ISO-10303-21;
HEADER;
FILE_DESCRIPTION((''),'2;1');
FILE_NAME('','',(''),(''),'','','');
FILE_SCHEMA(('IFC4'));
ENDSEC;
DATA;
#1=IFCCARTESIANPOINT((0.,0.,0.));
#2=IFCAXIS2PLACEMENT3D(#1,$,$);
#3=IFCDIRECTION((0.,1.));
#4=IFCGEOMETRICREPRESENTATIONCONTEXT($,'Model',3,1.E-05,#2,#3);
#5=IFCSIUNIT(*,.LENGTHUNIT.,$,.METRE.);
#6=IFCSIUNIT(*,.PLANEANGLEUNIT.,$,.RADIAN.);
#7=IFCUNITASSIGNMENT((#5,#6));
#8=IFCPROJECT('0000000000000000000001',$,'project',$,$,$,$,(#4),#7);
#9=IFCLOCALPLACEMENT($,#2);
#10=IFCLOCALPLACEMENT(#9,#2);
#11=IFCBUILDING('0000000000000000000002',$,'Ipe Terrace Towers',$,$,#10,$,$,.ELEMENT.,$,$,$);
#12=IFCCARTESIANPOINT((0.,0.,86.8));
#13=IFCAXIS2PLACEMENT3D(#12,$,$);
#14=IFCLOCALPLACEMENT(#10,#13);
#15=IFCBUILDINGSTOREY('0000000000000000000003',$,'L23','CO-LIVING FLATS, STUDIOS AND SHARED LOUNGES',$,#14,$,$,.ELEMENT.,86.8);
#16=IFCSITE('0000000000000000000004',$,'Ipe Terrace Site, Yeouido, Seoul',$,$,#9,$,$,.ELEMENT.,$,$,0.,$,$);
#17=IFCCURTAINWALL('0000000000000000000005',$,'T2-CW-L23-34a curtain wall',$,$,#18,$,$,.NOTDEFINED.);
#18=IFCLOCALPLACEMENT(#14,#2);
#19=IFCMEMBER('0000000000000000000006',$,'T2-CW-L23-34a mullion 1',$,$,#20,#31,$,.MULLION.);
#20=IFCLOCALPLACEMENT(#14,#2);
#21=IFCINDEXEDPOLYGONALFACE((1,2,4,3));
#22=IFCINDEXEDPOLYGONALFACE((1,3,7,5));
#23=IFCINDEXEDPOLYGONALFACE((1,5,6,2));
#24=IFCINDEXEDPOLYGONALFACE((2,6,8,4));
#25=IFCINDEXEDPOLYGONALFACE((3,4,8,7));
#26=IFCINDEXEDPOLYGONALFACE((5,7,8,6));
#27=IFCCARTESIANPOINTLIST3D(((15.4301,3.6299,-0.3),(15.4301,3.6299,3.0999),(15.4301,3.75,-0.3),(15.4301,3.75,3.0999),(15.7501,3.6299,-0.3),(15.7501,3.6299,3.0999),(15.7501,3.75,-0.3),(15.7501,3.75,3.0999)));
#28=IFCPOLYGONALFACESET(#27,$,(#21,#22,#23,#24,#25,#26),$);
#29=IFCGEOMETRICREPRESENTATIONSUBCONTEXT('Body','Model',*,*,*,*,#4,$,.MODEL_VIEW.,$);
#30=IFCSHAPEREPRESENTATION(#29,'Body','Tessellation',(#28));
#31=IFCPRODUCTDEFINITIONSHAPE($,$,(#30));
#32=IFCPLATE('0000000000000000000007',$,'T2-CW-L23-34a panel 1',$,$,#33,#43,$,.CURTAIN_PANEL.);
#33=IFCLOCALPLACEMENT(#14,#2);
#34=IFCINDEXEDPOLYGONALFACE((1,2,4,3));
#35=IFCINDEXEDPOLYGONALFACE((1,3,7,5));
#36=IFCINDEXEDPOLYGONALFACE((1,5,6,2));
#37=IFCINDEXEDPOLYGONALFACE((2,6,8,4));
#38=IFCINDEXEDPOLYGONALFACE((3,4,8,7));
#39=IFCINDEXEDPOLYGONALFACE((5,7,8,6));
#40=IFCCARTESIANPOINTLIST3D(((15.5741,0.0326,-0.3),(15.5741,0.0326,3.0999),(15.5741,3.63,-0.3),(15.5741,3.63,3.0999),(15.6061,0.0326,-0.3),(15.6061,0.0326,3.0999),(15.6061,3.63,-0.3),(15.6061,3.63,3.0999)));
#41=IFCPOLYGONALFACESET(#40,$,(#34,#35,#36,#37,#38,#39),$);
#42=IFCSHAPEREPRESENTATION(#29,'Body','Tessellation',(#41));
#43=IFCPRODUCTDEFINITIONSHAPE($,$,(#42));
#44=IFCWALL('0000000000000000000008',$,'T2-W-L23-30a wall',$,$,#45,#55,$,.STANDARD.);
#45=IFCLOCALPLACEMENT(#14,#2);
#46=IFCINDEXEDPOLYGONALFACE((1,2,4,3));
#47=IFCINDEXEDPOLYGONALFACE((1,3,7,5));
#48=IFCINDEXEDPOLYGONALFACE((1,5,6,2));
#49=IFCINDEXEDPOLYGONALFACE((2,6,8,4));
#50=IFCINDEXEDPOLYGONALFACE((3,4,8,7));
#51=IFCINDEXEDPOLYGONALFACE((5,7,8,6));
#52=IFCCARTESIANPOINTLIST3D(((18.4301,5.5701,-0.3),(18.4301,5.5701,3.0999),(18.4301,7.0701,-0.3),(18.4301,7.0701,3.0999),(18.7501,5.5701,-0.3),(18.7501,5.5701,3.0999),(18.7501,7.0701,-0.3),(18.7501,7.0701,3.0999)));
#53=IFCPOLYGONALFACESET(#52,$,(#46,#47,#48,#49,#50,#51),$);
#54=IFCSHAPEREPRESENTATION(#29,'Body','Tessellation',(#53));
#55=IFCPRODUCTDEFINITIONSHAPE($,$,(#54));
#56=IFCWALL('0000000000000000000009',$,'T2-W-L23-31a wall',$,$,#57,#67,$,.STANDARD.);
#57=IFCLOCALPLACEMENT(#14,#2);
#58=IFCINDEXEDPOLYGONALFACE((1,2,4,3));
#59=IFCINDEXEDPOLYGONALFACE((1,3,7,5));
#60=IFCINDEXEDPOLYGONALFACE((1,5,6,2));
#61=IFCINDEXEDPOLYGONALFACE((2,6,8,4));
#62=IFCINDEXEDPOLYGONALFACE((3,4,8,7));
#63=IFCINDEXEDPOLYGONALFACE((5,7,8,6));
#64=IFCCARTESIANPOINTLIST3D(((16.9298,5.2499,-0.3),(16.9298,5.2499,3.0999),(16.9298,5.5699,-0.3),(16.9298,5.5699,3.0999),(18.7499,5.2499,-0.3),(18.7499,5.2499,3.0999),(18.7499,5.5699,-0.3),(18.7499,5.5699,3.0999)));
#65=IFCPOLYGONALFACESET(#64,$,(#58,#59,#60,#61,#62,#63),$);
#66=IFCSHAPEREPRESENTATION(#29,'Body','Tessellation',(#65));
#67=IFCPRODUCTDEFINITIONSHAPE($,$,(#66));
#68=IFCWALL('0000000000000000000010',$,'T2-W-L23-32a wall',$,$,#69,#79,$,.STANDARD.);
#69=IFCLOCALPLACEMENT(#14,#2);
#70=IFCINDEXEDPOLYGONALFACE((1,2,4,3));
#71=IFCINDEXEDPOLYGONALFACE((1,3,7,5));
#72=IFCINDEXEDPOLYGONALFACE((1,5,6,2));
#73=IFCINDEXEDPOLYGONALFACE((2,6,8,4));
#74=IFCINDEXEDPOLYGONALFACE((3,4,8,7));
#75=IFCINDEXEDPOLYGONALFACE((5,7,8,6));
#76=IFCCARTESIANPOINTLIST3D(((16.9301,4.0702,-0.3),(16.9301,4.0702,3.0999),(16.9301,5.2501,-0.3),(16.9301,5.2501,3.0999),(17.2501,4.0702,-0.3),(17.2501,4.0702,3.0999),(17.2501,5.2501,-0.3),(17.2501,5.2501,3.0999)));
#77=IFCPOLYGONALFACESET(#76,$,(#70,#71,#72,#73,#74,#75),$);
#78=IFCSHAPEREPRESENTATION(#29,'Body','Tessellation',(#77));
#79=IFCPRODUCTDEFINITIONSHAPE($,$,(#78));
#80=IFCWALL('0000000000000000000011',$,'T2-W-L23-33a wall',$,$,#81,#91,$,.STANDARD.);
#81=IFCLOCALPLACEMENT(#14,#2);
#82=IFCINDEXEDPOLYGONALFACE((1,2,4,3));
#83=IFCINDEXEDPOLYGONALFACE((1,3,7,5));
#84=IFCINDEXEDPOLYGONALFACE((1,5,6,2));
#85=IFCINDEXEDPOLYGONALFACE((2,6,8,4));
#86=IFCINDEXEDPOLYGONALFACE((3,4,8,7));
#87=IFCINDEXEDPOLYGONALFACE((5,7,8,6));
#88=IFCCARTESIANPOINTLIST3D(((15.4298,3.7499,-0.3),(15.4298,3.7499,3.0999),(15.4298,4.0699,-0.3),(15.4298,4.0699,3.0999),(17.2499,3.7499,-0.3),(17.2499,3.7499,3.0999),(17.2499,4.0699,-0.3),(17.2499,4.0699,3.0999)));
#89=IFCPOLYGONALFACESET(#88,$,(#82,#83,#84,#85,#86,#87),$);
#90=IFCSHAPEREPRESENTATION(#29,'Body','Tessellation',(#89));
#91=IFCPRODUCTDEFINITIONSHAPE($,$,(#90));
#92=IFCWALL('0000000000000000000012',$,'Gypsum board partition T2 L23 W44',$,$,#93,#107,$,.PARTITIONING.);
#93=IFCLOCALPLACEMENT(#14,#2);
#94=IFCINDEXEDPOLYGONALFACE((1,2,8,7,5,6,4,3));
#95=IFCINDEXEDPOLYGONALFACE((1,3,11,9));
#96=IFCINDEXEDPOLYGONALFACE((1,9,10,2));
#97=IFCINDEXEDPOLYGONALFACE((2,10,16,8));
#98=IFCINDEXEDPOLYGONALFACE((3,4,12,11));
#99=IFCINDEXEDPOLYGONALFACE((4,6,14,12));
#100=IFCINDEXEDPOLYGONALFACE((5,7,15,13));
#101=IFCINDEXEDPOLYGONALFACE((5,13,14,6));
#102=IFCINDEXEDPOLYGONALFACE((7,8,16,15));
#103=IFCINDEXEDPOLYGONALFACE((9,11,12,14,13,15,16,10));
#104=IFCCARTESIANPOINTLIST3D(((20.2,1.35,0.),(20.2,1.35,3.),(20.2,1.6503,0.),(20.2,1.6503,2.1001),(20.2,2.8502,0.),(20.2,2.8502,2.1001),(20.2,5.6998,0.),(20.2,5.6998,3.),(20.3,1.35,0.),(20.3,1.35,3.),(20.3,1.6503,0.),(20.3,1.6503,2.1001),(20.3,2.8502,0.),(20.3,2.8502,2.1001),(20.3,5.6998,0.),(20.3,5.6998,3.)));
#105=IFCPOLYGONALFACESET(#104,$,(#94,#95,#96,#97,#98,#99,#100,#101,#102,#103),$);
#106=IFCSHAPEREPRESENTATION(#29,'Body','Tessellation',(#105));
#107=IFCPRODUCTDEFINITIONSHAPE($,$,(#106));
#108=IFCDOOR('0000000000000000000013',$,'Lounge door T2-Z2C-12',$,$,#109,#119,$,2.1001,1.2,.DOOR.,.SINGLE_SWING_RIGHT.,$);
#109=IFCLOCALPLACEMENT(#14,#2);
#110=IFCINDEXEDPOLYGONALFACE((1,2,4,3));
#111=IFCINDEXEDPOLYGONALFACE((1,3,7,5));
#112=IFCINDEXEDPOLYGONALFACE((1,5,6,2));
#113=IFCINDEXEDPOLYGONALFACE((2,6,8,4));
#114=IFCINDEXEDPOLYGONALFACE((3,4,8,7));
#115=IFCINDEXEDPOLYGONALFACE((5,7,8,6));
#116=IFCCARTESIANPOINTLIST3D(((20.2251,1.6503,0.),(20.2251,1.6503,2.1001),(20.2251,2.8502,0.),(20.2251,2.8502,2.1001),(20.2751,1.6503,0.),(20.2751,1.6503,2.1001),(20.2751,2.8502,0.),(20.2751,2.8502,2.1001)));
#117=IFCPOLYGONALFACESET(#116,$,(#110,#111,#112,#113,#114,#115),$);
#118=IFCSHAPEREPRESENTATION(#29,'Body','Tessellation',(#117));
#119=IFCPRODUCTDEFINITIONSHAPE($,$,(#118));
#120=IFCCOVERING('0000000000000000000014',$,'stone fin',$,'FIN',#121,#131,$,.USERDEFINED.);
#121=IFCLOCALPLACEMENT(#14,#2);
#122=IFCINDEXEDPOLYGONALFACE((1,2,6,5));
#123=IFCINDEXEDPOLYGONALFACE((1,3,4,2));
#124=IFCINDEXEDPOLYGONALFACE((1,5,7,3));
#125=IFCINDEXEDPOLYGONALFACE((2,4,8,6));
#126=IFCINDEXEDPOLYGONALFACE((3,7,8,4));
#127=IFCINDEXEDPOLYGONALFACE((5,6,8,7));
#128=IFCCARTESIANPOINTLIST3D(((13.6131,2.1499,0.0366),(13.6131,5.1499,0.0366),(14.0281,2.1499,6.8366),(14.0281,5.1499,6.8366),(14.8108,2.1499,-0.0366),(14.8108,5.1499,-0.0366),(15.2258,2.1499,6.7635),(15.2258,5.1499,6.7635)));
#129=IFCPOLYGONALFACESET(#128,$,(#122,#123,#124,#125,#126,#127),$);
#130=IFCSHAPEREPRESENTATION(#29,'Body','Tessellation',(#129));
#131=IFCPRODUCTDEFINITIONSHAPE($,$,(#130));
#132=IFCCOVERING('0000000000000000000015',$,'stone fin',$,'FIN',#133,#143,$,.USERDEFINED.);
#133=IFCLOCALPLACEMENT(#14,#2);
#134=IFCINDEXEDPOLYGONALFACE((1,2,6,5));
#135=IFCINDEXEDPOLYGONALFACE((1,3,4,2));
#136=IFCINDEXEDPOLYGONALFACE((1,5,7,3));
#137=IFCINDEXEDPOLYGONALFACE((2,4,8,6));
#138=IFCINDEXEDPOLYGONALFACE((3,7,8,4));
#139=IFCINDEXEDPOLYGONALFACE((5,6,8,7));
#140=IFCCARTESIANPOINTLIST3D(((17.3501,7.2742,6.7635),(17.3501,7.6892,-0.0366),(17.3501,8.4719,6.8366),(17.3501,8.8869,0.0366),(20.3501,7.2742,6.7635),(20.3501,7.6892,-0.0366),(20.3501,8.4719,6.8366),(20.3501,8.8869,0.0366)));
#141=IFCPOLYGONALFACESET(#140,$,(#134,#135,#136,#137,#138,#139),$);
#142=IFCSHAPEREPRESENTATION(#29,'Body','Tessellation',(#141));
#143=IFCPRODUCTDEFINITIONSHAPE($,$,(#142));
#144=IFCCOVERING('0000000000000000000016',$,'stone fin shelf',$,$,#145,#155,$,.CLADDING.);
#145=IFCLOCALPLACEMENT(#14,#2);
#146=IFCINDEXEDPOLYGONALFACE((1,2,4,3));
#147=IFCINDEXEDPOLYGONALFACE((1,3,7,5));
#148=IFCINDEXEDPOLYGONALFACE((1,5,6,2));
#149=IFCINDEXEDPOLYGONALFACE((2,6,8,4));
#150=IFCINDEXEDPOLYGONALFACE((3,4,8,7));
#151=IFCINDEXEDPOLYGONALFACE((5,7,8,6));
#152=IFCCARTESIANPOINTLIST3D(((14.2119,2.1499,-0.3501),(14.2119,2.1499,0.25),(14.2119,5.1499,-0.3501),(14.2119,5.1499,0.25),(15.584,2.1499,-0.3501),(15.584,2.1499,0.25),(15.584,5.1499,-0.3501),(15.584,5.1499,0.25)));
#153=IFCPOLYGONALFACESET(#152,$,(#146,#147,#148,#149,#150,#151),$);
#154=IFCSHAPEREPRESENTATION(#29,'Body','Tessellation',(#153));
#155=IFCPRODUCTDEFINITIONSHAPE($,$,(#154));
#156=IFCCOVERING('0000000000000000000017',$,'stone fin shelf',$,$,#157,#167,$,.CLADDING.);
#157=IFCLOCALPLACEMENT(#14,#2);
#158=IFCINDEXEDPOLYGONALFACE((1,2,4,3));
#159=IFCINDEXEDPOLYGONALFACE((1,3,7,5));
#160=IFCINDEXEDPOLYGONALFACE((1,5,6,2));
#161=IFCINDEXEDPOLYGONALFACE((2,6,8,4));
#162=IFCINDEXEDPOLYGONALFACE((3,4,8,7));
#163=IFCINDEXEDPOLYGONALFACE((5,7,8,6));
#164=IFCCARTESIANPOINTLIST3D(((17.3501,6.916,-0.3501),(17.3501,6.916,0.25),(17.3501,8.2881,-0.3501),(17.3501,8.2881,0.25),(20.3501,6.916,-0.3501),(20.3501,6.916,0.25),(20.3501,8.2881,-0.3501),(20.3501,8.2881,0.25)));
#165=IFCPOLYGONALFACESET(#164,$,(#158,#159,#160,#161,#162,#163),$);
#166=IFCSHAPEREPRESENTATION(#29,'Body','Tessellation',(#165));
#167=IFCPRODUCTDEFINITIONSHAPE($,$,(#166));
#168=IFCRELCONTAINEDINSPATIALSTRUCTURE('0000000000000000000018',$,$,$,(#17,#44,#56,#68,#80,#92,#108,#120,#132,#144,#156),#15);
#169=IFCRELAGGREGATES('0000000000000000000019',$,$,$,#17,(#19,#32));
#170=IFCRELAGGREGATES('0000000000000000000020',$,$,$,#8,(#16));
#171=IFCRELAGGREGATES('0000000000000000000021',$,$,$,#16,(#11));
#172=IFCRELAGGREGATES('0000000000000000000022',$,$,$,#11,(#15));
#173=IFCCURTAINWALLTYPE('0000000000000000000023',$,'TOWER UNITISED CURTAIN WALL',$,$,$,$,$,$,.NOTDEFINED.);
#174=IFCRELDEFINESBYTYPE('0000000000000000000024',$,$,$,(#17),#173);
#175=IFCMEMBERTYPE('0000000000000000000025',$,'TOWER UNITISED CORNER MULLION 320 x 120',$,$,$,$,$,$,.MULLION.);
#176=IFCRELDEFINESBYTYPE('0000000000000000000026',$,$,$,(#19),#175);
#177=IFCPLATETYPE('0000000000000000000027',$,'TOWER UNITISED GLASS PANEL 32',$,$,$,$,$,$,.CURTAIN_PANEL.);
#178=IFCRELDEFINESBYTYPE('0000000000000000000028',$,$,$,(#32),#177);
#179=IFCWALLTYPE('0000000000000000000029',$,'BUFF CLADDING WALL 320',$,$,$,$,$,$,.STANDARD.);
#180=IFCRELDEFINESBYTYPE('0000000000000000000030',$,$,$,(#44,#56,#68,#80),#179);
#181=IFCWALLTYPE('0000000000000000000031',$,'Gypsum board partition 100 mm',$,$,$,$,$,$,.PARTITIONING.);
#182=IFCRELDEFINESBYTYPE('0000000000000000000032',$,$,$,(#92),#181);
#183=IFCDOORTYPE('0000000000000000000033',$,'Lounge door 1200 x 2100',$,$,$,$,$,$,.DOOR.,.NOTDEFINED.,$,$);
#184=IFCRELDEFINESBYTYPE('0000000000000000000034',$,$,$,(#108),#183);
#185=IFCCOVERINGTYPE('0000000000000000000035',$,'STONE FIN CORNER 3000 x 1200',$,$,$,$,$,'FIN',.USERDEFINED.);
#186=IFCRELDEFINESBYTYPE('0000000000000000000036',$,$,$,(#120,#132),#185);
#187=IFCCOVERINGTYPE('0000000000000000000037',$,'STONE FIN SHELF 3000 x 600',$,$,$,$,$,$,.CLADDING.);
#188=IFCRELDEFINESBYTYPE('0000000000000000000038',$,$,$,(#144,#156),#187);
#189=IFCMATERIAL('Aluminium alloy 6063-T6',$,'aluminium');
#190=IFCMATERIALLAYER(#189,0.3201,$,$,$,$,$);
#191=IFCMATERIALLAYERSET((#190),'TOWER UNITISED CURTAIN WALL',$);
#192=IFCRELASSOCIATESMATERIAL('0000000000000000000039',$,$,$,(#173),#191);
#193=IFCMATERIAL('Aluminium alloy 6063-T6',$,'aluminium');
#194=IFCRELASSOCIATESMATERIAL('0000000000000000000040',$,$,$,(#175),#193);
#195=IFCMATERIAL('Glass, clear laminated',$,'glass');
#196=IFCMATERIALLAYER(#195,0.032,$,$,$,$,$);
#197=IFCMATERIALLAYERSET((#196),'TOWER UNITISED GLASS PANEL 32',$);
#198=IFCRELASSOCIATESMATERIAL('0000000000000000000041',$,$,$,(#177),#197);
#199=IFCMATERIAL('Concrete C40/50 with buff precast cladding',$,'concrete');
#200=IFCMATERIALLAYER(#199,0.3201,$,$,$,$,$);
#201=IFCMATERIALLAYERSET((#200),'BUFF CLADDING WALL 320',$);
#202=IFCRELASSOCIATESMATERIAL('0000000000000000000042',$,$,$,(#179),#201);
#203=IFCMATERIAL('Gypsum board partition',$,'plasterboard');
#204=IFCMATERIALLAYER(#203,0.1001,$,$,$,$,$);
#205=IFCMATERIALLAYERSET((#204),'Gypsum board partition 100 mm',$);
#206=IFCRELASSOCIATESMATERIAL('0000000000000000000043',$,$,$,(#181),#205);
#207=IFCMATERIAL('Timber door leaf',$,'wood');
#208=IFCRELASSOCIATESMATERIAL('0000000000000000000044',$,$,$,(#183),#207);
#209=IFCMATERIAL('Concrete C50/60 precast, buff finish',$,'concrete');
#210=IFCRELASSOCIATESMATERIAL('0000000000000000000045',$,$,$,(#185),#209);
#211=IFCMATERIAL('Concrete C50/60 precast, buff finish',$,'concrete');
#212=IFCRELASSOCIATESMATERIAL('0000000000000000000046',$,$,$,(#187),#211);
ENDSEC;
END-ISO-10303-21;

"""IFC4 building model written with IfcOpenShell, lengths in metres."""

from ifc_helpers import new_model, si_unit, direction, frame, frame_2d, origin, origin_2d, place, context, subcontext, project, spatial, rectangle, extrude, material, layer, layer_set, material_profile, profile_set, type_object, element, fill, aggregate, save


model = new_model("IFC4")

# Units and contexts
model_context = context("Model", 3, precision=1e-05, world=origin(), true_north=direction((0.0, 1.0)))
body_context = subcontext(model_context, "Body", "Model", "MODEL_VIEW")
ifc_project = project(units=[si_unit("LENGTHUNIT", "METRE"), si_unit("PLANEANGLEUNIT", "RADIAN")], contexts=[model_context])

# Site, building, storey
site_placement = place(None, origin())
site = spatial("IfcSite", under=ifc_project, at=site_placement, Name="Ipe Terrace Site, Yeouido, Seoul", CompositionType="ELEMENT", RefElevation=0.0)
building_placement = place(site_placement, origin())
building = spatial("IfcBuilding", under=site, at=building_placement, Name="Ipe Terrace Towers", CompositionType="ELEMENT")
storey_placement = place(building_placement, frame((0.0, 0.0, 86.8)))
storey = spatial("IfcBuildingStorey", under=building, at=storey_placement, Name="L23", Description="CO-LIVING FLATS, STUDIOS AND SHARED LOUNGES", CompositionType="ELEMENT", Elevation=86.8)

# Shared definitions
ifc_material_1 = material(Name="Aluminium alloy 6063-T6", Category="aluminium")
ifc_layer_1 = layer(ifc_material_1, 0.3201)
ifc_layer_set_1 = layer_set([ifc_layer_1], Name="TOWER UNITISED CURTAIN WALL")
curtain_wall_type = type_object("IfcCurtainWallType", Name="TOWER UNITISED CURTAIN WALL", PredefinedType="NOTDEFINED", material=ifc_layer_set_1)
ifc_material_2 = material(Name="Aluminium alloy 6063-T6", Category="aluminium")
ifc_material_profile_1 = material_profile(ifc_material_2, rectangle(XDim=0.3201, YDim=0.1201, at=origin_2d()), Name="TOWER UNITISED CORNER MULLION 320 x 120")
ifc_profile_set_1 = profile_set([ifc_material_profile_1], Name="Aluminium alloy 6063-T6")
member_type = type_object("IfcMemberType", Name="TOWER UNITISED CORNER MULLION 320 x 120", PredefinedType="MULLION", material=ifc_profile_set_1)

# Curtain wall, member, plate
curtain_wall_1_placement = place(storey_placement, origin())
curtain_wall_1 = element("IfcCurtainWall", 1, at=curtain_wall_1_placement, inside=storey, type_object=curtain_wall_type, Name="T2-CW-L23-34a curtain wall", PredefinedType="NOTDEFINED")
member_1_placement = place(storey_placement, frame((15.5901, 3.6899, -0.3), z_axis=(0.0, 0.0, 1.0), x_axis=(-1.0, 0.0, 0.0)))
member_1 = element("IfcMember", 2, at=member_1_placement, type_object=member_type, Name="T2-CW-L23-34a mullion 1", PredefinedType="MULLION", context=body_context, shape_type="SweptSolid", body=[
    extrude(rectangle(XDim=0.3201, YDim=0.1201, at=origin_2d()), origin(), (0.0, 0.0, 1.0), 3.3999),
])
ifc_material_3 = material(Name="Glass, clear laminated", Category="glass")
ifc_layer_2 = layer(ifc_material_3, 0.032)
ifc_layer_set_2 = layer_set([ifc_layer_2], Name="TOWER UNITISED GLASS PANEL 32")
plate_type = type_object("IfcPlateType", Name="TOWER UNITISED GLASS PANEL 32", PredefinedType="CURTAIN_PANEL", material=ifc_layer_set_2)
plate_placement = place(storey_placement, frame((15.5901, 1.8313, -0.3), z_axis=(0.0, 0.0, 1.0), x_axis=(0.0, -1.0, 0.0)))
plate = element("IfcPlate", 3, at=plate_placement, type_object=plate_type, Name="T2-CW-L23-34a panel 1", PredefinedType="CURTAIN_PANEL", context=body_context, shape_type="SweptSolid", body=[
    extrude(rectangle(XDim=3.5974, YDim=0.032, at=origin_2d()), origin(), (0.0, 0.0, 1.0), 3.3999),
])
aggregate(curtain_wall_1, [member_1, plate])

# Walls
ifc_material_4 = material(Name="Concrete C40/50 with buff precast cladding", Category="concrete")
ifc_layer_3 = layer(ifc_material_4, 0.3201)
ifc_layer_set_3 = layer_set([ifc_layer_3], Name="BUFF CLADDING WALL 320")
wall_type_1 = type_object("IfcWallType", Name="BUFF CLADDING WALL 320", PredefinedType="STANDARD", material=ifc_layer_set_3)
wall_1_placement = place(storey_placement, frame((18.5901, 7.0701, -0.3), z_axis=(0.0, 0.0, 1.0), x_axis=(0.0, -1.0, 0.0)))
element("IfcWall", 4, at=wall_1_placement, inside=storey, type_object=wall_type_1, Name="T2-W-L23-30a wall", PredefinedType="STANDARD", context=body_context, shape_type="SweptSolid", body=[
    extrude(rectangle(XDim=1.5, YDim=0.3201, at=frame_2d((0.75, 0.0))), origin(), (0.0, 0.0, 1.0), 3.3999),
])
wall_2_placement = place(storey_placement, frame((18.75, 5.4099, -0.3), z_axis=(0.0, 0.0, 1.0), x_axis=(-1.0, 0.0, 0.0)))
element("IfcWall", 5, at=wall_2_placement, inside=storey, type_object=wall_type_1, Name="T2-W-L23-31a wall", PredefinedType="STANDARD", context=body_context, shape_type="SweptSolid", body=[
    extrude(rectangle(XDim=1.8201, YDim=0.3201, at=frame_2d((0.9102, 0.0))), origin(), (0.0, 0.0, 1.0), 3.3999),
])
wall_3_placement = place(storey_placement, frame((17.0901, 5.25, -0.3), z_axis=(0.0, 0.0, 1.0), x_axis=(0.0, -1.0, 0.0)))
element("IfcWall", 6, at=wall_3_placement, inside=storey, type_object=wall_type_1, Name="T2-W-L23-32a wall", PredefinedType="STANDARD", context=body_context, shape_type="SweptSolid", body=[
    extrude(rectangle(XDim=1.1799, YDim=0.3201, at=frame_2d((0.5898, 0.0))), origin(), (0.0, 0.0, 1.0), 3.3999),
])
wall_4_placement = place(storey_placement, frame((17.25, 3.9099, -0.3), z_axis=(0.0, 0.0, 1.0), x_axis=(-1.0, 0.0, 0.0)))
element("IfcWall", 7, at=wall_4_placement, inside=storey, type_object=wall_type_1, Name="T2-W-L23-33a wall", PredefinedType="STANDARD", context=body_context, shape_type="SweptSolid", body=[
    extrude(rectangle(XDim=1.8201, YDim=0.3201, at=frame_2d((0.9102, 0.0))), origin(), (0.0, 0.0, 1.0), 3.3999),
])

# Wall, opening, door
ifc_material_5 = material(Name="Gypsum board partition", Category="plasterboard")
ifc_layer_4 = layer(ifc_material_5, 0.1001)
ifc_layer_set_4 = layer_set([ifc_layer_4], Name="Gypsum board partition 100 mm")
wall_type_2 = type_object("IfcWallType", Name="Gypsum board partition 100 mm", PredefinedType="PARTITIONING", material=ifc_layer_set_4)
wall_5_placement = place(storey_placement, frame((20.25, 1.3501, 0.0), z_axis=(0.0, 0.0, 1.0), x_axis=(0.0, 1.0, 0.0)))
wall_5 = element("IfcWall", 8, at=wall_5_placement, inside=storey, type_object=wall_type_2, Name="Gypsum board partition T2 L23 W44", PredefinedType="PARTITIONING", context=body_context, shape_type="SweptSolid", body=[
    extrude(rectangle(XDim=4.3499, YDim=0.1001, at=frame_2d((2.1748, 0.0))), origin(), (0.0, 0.0, 1.0), 3.0),
])
opening_placement = place(wall_5_placement, frame((0.3, 0.0, 0.0)))
opening = element("IfcOpeningElement", 9, at=opening_placement, cuts=wall_5, PredefinedType="OPENING", context=body_context, shape_type="SweptSolid", body=[
    extrude(rectangle(XDim=1.2, YDim=2.1001, at=frame_2d((0.6001, 1.05))), frame((0.0, 0.0601, 0.0), z_axis=(0.0, -1.0, 0.0), x_axis=(1.0, 0.0, 0.0)), (0.0, 0.0, 1.0), 0.1201),
])
ifc_material_6 = material(Name="Timber door leaf", Category="wood")
door_type = type_object("IfcDoorType", Name="Lounge door 1200 x 2100", OperationType="NOTDEFINED", PredefinedType="DOOR", material=ifc_material_6)
door_placement = place(opening_placement, origin())
door = element("IfcDoor", 10, at=door_placement, inside=storey, type_object=door_type, Name="Lounge door T2-Z2C-12", OperationType="SINGLE_SWING_RIGHT", OverallHeight=2.1001, OverallWidth=1.2, PredefinedType="DOOR", context=body_context, shape_type="SweptSolid", body=[
    extrude(rectangle(XDim=1.2, YDim=2.1001, at=frame_2d((0.6001, 1.05))), frame((0.0, 0.0249, 0.0), z_axis=(0.0, -1.0, 0.0), x_axis=(1.0, 0.0, 0.0)), (0.0, 0.0, 1.0), 0.05),
])
fill(opening, door)

# Coverings
ifc_material_7 = material(Name="Concrete C50/60 precast, buff finish", Category="concrete")
ifc_material_profile_2 = material_profile(ifc_material_7, rectangle(XDim=3.0, YDim=1.2, at=origin_2d()), Name="STONE FIN CORNER 3000 x 1200")
ifc_profile_set_2 = profile_set([ifc_material_profile_2], Name="Concrete C50/60 precast, buff finish")
covering_type_1 = type_object("IfcCoveringType", Name="STONE FIN CORNER 3000 x 1200", ElementType="FIN", PredefinedType="USERDEFINED", material=ifc_profile_set_2)
for number, where, z_axis, x_axis, name in (
    (11, (14.2119, 3.6499, 0.0), (0.060921, 0.0, 0.998143), (0.0, -1.0, 0.0), "stone fin"),
    (12, (18.8501, 8.2881, 0.0), (0.0, -0.060921, 0.998143), (-1.0, 0.0, 0.0), "stone fin"),
):
    element("IfcCovering", number, at=place(storey_placement, frame(where, z_axis=z_axis, x_axis=x_axis)), inside=storey, type_object=covering_type_1, Name=name, ObjectType="FIN", PredefinedType="USERDEFINED", context=body_context, shape_type="SweptSolid", body=[
        extrude(rectangle(XDim=3.0, YDim=1.2, at=origin_2d()), origin(), (0.0, 0.0, 1.0), 6.8127),
    ])
ifc_material_8 = material(Name="Concrete C50/60 precast, buff finish", Category="concrete")
covering_type_2 = type_object("IfcCoveringType", Name="STONE FIN SHELF 3000 x 600", PredefinedType="CLADDING", material=ifc_material_8)
for number, where, z_axis, x_axis, name in (
    (13, (14.8979, 3.6499, -0.3501), (0.0, 0.0, 1.0), (0.0, -1.0, 0.0), "stone fin shelf"),
    (14, (18.8501, 7.6021, -0.3501), (0.0, 0.0, 1.0), (-1.0, 0.0, 0.0), "stone fin shelf"),
):
    element("IfcCovering", number, at=place(storey_placement, frame(where, z_axis=z_axis, x_axis=x_axis)), inside=storey, type_object=covering_type_2, Name=name, PredefinedType="CLADDING", context=body_context, shape_type="SweptSolid", body=[
        extrude(rectangle(XDim=3.0, YDim=1.3721, at=origin_2d()), origin(), (0.0, 0.0, 1.0), 0.6001),
    ])

save(model, "model.ifc")
